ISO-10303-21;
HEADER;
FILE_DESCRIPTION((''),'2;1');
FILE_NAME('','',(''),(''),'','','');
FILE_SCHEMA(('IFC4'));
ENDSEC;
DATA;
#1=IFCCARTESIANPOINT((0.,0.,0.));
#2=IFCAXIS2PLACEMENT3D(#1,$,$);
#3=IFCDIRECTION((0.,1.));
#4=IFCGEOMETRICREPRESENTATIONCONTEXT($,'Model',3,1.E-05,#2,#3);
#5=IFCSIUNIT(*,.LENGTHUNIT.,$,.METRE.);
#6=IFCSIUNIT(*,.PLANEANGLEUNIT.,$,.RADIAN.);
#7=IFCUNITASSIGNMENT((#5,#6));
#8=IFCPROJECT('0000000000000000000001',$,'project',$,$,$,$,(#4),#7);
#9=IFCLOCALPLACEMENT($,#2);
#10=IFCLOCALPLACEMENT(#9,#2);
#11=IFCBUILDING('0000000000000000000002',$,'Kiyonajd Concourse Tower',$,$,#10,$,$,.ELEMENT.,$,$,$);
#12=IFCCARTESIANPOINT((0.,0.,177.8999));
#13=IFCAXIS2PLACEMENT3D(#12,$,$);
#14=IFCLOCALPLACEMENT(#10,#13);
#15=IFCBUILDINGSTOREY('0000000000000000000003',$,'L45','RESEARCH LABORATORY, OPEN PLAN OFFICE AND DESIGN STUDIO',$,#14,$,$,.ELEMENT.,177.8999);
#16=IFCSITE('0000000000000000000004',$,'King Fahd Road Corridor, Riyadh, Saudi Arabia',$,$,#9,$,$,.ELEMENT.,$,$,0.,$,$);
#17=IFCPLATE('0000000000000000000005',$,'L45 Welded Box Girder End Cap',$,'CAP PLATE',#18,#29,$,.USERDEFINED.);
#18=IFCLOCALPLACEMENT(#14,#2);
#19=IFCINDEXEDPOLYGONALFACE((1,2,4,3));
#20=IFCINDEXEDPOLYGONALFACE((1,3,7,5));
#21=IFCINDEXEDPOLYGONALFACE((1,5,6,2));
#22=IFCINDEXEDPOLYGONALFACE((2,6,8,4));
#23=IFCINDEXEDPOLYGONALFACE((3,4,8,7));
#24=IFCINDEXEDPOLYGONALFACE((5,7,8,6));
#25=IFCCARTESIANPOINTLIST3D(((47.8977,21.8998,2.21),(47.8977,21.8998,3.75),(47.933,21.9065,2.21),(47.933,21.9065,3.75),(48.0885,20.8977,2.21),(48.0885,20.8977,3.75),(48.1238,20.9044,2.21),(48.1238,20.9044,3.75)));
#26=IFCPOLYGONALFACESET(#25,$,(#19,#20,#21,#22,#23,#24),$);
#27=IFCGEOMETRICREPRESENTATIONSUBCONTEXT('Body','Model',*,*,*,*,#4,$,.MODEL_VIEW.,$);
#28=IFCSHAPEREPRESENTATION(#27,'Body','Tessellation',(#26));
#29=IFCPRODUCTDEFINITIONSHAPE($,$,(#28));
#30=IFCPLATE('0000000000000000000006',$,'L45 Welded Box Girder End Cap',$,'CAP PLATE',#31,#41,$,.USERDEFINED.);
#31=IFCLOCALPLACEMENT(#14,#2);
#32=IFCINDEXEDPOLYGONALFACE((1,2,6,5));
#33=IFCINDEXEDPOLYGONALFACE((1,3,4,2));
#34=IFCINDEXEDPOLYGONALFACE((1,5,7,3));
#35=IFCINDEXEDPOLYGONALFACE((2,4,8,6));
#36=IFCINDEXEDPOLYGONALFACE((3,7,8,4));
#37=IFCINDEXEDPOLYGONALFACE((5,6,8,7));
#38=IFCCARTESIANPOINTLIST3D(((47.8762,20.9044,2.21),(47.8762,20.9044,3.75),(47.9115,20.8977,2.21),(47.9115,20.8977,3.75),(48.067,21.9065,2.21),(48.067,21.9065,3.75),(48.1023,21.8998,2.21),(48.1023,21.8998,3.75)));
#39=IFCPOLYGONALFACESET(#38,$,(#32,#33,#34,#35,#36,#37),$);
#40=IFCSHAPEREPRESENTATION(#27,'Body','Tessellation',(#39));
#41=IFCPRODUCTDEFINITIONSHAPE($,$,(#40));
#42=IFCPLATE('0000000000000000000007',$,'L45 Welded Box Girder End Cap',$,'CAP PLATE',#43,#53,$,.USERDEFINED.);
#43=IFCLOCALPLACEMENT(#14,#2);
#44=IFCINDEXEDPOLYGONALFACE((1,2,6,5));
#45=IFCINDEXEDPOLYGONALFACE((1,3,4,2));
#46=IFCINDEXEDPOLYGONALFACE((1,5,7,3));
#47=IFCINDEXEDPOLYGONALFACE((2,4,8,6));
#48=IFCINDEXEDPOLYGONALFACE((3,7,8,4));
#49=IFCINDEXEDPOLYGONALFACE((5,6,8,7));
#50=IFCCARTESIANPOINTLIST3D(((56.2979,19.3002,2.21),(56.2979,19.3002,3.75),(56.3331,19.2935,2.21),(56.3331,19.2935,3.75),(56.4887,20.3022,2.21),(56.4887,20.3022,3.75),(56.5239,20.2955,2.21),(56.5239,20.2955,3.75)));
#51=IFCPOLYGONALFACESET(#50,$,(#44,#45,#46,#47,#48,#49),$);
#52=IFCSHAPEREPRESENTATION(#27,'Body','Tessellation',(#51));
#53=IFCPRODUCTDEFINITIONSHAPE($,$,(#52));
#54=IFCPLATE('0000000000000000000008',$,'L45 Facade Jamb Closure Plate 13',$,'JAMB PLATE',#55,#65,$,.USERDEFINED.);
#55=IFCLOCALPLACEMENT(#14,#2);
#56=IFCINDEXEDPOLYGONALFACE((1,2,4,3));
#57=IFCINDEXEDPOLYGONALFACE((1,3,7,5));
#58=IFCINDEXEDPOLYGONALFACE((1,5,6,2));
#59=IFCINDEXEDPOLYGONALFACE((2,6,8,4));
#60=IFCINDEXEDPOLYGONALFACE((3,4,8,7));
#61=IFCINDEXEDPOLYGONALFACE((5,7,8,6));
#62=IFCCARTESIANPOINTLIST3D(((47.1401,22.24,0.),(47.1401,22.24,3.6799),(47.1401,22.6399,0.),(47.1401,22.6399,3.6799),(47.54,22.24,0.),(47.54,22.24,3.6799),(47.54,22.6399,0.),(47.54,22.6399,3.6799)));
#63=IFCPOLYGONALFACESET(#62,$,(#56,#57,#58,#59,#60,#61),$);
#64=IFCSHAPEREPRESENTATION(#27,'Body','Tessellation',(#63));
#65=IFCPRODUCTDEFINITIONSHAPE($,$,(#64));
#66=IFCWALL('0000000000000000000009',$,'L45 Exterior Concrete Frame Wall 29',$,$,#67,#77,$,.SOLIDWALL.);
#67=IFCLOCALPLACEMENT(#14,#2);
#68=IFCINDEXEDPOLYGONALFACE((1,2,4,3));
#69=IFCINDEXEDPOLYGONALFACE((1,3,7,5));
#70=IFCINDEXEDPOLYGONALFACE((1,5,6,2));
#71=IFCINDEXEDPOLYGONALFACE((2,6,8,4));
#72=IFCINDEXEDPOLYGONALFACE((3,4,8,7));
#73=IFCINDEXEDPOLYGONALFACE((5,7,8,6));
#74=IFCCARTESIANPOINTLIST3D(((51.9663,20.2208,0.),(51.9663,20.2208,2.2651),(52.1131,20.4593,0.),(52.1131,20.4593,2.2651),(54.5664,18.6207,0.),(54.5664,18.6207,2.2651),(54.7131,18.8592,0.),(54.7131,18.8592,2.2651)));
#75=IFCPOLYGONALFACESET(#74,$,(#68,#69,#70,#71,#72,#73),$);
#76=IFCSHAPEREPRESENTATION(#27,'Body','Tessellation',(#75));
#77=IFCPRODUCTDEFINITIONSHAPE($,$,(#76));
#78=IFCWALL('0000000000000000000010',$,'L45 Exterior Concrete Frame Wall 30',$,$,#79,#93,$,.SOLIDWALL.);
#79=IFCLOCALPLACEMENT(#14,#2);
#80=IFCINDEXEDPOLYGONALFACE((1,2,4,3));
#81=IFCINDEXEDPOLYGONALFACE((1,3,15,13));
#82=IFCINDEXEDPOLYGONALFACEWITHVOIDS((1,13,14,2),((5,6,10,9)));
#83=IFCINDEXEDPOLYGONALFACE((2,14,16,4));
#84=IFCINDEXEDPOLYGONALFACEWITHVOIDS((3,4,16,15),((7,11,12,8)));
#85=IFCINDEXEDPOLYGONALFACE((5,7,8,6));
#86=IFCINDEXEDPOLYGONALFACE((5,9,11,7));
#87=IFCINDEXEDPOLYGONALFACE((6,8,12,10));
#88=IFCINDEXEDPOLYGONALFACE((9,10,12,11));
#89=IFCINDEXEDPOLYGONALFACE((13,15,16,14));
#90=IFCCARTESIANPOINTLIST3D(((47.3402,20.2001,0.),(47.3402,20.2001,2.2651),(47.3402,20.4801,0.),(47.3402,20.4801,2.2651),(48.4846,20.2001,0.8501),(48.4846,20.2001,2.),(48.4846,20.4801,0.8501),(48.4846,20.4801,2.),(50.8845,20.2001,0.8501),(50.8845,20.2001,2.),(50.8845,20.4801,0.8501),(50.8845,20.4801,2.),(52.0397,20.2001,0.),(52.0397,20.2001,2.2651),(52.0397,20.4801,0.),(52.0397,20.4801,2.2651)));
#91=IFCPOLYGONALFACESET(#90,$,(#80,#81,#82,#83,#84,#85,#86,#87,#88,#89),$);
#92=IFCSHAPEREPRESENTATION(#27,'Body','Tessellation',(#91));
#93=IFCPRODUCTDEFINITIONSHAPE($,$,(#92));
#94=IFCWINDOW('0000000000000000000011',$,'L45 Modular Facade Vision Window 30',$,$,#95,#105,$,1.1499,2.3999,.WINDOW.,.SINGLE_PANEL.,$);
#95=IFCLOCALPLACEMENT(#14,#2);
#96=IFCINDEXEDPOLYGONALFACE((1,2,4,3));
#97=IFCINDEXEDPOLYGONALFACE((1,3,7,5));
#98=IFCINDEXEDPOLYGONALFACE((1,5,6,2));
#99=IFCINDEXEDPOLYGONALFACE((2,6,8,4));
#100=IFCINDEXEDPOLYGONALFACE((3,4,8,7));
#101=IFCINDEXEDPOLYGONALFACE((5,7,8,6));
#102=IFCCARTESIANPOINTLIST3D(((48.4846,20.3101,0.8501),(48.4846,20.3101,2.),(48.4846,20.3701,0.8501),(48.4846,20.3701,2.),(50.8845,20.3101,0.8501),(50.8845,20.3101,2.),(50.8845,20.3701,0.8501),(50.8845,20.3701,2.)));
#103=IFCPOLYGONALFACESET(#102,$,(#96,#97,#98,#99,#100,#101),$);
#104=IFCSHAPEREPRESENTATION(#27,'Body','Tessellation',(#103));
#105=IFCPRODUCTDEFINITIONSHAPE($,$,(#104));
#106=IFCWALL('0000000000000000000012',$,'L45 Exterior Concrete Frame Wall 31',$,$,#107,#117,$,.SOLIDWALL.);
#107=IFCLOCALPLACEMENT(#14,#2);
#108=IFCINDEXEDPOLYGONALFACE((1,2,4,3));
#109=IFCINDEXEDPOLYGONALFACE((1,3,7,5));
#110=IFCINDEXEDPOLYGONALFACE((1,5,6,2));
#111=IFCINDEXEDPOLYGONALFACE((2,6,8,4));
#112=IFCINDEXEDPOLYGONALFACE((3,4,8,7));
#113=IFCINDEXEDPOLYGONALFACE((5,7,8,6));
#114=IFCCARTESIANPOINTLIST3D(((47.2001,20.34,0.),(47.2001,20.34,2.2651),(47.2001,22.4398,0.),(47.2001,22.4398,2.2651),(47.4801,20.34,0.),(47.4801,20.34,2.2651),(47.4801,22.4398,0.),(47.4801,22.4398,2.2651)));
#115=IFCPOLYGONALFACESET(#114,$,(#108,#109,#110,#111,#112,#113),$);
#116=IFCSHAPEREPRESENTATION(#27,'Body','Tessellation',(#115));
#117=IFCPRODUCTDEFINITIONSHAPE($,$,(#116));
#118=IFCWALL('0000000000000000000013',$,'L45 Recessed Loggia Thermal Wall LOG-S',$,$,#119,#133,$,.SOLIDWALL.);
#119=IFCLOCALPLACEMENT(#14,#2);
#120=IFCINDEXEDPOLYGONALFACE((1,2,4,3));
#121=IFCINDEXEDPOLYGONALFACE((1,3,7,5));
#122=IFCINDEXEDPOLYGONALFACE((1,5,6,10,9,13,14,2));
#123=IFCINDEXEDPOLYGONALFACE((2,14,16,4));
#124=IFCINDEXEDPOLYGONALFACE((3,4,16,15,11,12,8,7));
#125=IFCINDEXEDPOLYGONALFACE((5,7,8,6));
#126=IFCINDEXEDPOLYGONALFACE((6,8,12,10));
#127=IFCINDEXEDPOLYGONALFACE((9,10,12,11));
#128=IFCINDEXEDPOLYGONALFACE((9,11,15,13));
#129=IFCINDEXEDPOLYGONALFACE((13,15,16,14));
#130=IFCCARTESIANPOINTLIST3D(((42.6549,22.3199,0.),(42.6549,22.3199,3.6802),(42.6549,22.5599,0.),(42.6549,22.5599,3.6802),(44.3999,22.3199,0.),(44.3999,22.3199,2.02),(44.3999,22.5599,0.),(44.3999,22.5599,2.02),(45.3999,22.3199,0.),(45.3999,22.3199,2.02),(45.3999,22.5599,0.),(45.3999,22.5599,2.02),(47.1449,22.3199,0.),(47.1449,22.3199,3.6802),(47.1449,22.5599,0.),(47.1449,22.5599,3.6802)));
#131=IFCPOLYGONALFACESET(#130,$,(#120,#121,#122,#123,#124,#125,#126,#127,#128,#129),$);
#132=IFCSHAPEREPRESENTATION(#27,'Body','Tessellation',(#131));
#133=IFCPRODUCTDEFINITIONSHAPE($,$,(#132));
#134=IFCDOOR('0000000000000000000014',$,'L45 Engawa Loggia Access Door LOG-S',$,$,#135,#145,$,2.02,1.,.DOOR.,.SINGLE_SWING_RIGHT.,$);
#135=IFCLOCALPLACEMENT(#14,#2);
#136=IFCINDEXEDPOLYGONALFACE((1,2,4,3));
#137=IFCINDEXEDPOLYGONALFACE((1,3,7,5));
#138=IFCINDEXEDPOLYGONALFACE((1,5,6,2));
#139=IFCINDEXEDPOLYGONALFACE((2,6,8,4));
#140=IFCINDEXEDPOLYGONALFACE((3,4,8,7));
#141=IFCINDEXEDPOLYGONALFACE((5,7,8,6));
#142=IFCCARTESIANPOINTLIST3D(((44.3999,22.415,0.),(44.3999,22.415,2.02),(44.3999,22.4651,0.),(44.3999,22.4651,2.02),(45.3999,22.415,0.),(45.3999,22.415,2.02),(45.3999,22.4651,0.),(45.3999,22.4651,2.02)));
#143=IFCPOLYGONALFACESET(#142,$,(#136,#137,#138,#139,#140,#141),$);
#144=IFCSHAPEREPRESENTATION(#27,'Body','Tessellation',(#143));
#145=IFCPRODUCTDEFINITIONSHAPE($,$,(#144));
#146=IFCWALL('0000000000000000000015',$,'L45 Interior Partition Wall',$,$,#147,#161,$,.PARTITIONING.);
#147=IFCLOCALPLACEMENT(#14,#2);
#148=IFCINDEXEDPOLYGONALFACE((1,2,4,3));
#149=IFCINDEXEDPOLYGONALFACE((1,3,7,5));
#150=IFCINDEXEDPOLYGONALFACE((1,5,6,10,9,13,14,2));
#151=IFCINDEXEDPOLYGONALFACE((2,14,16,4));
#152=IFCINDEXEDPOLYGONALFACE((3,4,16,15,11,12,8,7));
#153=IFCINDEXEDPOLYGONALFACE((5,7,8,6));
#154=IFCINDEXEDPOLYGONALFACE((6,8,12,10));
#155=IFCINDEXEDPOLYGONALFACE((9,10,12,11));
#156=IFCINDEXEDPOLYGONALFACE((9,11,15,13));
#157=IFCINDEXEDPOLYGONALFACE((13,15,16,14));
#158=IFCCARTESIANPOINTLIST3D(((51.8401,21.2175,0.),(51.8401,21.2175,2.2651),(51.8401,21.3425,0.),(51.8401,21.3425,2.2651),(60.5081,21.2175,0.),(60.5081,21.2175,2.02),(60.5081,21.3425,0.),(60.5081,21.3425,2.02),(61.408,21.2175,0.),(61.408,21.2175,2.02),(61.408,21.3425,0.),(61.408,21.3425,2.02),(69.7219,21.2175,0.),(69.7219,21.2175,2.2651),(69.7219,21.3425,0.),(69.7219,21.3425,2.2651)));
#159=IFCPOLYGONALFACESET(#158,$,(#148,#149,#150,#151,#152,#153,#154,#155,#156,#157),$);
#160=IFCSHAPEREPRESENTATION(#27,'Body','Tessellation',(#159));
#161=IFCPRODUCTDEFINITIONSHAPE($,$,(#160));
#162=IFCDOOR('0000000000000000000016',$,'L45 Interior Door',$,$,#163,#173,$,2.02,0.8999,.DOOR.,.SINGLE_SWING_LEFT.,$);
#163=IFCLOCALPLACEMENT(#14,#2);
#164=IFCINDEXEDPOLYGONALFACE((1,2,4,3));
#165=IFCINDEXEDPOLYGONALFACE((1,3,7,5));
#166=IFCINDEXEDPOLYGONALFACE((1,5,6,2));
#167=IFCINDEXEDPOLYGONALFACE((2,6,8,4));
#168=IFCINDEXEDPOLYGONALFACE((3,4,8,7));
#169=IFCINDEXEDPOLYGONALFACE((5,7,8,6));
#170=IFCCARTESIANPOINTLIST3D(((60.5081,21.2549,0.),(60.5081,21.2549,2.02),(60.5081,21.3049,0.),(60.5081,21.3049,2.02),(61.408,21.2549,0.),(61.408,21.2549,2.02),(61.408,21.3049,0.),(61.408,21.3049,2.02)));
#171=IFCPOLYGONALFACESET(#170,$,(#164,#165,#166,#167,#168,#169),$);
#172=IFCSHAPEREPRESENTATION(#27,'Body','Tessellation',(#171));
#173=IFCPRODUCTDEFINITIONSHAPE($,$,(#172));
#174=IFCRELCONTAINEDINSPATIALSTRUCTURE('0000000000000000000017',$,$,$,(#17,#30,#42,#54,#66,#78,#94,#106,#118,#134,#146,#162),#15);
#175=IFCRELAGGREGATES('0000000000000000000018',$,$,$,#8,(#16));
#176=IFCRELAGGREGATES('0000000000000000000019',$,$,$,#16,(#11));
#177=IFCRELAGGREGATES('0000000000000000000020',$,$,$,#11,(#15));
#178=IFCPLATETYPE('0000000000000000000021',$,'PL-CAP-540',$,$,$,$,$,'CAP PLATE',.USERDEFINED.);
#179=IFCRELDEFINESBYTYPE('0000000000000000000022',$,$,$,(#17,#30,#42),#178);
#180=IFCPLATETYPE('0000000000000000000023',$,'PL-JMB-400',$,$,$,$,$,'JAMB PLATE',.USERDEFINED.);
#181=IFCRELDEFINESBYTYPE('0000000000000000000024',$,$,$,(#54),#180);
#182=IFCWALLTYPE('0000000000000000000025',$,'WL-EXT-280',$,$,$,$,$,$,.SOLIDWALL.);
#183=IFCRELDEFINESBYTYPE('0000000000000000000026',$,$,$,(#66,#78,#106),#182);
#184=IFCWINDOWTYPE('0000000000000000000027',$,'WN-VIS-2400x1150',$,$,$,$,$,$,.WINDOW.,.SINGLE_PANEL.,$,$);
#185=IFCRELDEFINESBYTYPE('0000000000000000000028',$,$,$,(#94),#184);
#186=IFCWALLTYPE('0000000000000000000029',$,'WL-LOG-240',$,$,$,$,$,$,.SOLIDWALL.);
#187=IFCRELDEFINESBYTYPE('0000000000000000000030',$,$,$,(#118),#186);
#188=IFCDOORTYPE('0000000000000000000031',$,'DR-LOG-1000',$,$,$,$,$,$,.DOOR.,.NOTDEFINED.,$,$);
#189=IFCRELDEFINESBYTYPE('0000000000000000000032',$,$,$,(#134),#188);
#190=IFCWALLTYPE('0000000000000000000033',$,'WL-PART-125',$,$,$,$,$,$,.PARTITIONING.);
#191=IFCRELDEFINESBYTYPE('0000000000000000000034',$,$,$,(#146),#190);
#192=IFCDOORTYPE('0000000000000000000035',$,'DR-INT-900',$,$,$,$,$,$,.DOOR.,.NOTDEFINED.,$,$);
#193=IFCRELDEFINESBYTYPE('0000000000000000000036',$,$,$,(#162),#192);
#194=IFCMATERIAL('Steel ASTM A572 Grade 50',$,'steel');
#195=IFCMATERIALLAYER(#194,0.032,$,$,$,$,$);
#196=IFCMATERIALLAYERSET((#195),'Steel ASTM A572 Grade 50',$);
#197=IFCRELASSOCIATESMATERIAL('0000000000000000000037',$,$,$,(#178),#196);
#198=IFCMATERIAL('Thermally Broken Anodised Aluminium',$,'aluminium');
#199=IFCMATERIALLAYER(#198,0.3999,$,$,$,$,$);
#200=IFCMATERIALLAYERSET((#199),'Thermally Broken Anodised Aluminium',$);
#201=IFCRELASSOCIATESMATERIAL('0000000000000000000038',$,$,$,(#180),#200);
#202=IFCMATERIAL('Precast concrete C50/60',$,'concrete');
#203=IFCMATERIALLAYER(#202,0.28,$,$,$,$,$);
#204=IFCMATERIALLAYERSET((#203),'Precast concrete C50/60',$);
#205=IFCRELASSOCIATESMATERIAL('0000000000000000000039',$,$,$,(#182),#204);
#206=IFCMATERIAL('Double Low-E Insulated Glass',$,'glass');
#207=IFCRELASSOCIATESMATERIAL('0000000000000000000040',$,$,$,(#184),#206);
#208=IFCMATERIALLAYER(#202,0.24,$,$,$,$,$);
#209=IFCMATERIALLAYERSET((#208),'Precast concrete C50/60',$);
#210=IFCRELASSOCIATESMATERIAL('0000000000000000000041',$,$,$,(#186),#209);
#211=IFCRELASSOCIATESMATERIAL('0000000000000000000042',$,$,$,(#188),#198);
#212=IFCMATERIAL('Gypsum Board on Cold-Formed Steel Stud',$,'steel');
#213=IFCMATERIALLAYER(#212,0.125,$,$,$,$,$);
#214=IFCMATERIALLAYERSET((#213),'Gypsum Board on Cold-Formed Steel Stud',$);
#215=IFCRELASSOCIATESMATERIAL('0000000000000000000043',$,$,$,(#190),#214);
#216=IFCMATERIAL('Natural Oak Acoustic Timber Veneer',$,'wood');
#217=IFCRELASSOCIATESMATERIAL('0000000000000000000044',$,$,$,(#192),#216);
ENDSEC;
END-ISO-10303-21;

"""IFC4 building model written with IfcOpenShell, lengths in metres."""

from ifc_helpers import new_model, si_unit, direction, frame, frame_2d, origin, origin_2d, place, context, subcontext, project, spatial, rectangle, extrude, material, layer, layer_set, type_object, element, fill, save


model = new_model("IFC4")

# Units and contexts
model_context = context("Model", 3, precision=1e-05, world=origin(), true_north=direction((0.0, 1.0)))
body_context = subcontext(model_context, "Body", "Model", "MODEL_VIEW")
ifc_project = project(units=[si_unit("LENGTHUNIT", "METRE"), si_unit("PLANEANGLEUNIT", "RADIAN")], contexts=[model_context])

# Site, building, storey
site_placement = place(None, origin())
site = spatial("IfcSite", under=ifc_project, at=site_placement, Name="King Fahd Road Corridor, Riyadh, Saudi Arabia", CompositionType="ELEMENT", RefElevation=0.0)
building_placement = place(site_placement, origin())
building = spatial("IfcBuilding", under=site, at=building_placement, Name="Kiyonajd Concourse Tower", CompositionType="ELEMENT")
storey_placement = place(building_placement, frame((0.0, 0.0, 177.8999)))
storey = spatial("IfcBuildingStorey", under=building, at=storey_placement, Name="L45", Description="RESEARCH LABORATORY, OPEN PLAN OFFICE AND DESIGN STUDIO", CompositionType="ELEMENT", Elevation=177.8999)

# Shared definitions
ifc_material_1 = material(Name="Steel ASTM A572 Grade 50", Category="steel")

# Plates
ifc_layer_1 = layer(ifc_material_1, 0.032)
ifc_layer_set_1 = layer_set([ifc_layer_1], Name="Steel ASTM A572 Grade 50")
plate_type_1 = type_object("IfcPlateType", Name="PL-CAP-540", ElementType="CAP PLATE", PredefinedType="USERDEFINED", material=ifc_layer_set_1)
for number, where, z_axis, x_axis, name in (
    (1, (48.0107, 21.4021, 2.21), (0.0, 0.0, 1.0), (0.982353, 0.187038, 0.0), "L45 Welded Box Girder End Cap"),
    (2, (47.9893, 21.4021, 2.21), (0.0, 0.0, 1.0), (-0.982353, 0.187038, 0.0), "L45 Welded Box Girder End Cap"),
    (3, (56.4109, 19.7979, 2.21), (0.0, 0.0, 1.0), (0.982353, -0.187038, 0.0), "L45 Welded Box Girder End Cap"),
):
    element("IfcPlate", number, at=place(storey_placement, frame(where, z_axis=z_axis, x_axis=x_axis)), inside=storey, type_object=plate_type_1, Name=name, ObjectType="CAP PLATE", PredefinedType="USERDEFINED", context=body_context, shape_type="SweptSolid", body=[
        extrude(rectangle(XDim=0.0359, YDim=1.02, at=origin_2d()), origin(), (0.0, 0.0, 1.0), 1.54),
    ])
ifc_material_2 = material(Name="Thermally Broken Anodised Aluminium", Category="aluminium")
ifc_layer_2 = layer(ifc_material_2, 0.3999)
ifc_layer_set_2 = layer_set([ifc_layer_2], Name="Thermally Broken Anodised Aluminium")
plate_type_2 = type_object("IfcPlateType", Name="PL-JMB-400", ElementType="JAMB PLATE", PredefinedType="USERDEFINED", material=ifc_layer_set_2)
plate_placement = place(storey_placement, frame((47.3401, 22.4399, 0.0), z_axis=(0.0, 0.0, 1.0), x_axis=(1.0, 0.0, 0.0)))
element("IfcPlate", 4, at=plate_placement, inside=storey, type_object=plate_type_2, Name="L45 Facade Jamb Closure Plate 13", ObjectType="JAMB PLATE", PredefinedType="USERDEFINED", context=body_context, shape_type="SweptSolid", body=[
    extrude(rectangle(XDim=0.3999, YDim=0.3999, at=origin_2d()), origin(), (0.0, 0.0, 1.0), 3.6799),
])

# Wall
ifc_material_3 = material(Name="Precast concrete C50/60", Category="concrete")
ifc_layer_3 = layer(ifc_material_3, 0.28)
ifc_layer_set_3 = layer_set([ifc_layer_3], Name="Precast concrete C50/60")
wall_type_1 = type_object("IfcWallType", Name="WL-EXT-280", PredefinedType="SOLIDWALL", material=ifc_layer_set_3)
wall_1_placement = place(storey_placement, frame((54.6396, 18.74, 0.0), z_axis=(0.0, 0.0, 1.0), x_axis=(-0.851653, 0.524106, 0.0)))
element("IfcWall", 5, at=wall_1_placement, inside=storey, type_object=wall_type_1, Name="L45 Exterior Concrete Frame Wall 29", PredefinedType="SOLIDWALL", context=body_context, shape_type="SweptSolid", body=[
    extrude(rectangle(XDim=3.053, YDim=0.28, at=frame_2d((1.5264, 0.0))), origin(), (0.0, 0.0, 1.0), 2.2651),
])

# Wall, opening, window
wall_2_placement = place(storey_placement, frame((52.0396, 20.3401, 0.0), z_axis=(0.0, 0.0, 1.0), x_axis=(-1.0, 0.0, 0.0)))
wall_2 = element("IfcWall", 6, at=wall_2_placement, inside=storey, type_object=wall_type_1, Name="L45 Exterior Concrete Frame Wall 30", PredefinedType="SOLIDWALL", context=body_context, shape_type="SweptSolid", body=[
    extrude(rectangle(XDim=4.6995, YDim=0.28, at=frame_2d((2.3496, 0.0))), origin(), (0.0, 0.0, 1.0), 2.2651),
])
opening_1_placement = place(wall_2_placement, frame((1.155, 0.0, 0.8501)))
opening_1 = element("IfcOpeningElement", 7, at=opening_1_placement, cuts=wall_2, PredefinedType="OPENING", context=body_context, shape_type="SweptSolid", body=[
    extrude(rectangle(XDim=2.3999, YDim=1.1499, at=frame_2d((1.2, 0.575))), frame((0.0, 0.1499, 0.0), z_axis=(0.0, -1.0, 0.0), x_axis=(1.0, 0.0, 0.0)), (0.0, 0.0, 1.0), 0.3),
])
ifc_material_4 = material(Name="Double Low-E Insulated Glass", Category="glass")
window_type = type_object("IfcWindowType", Name="WN-VIS-2400x1150", PartitioningType="SINGLE_PANEL", PredefinedType="WINDOW", material=ifc_material_4)
window_placement = place(opening_1_placement, origin())
window = element("IfcWindow", 8, at=window_placement, inside=storey, type_object=window_type, Name="L45 Modular Facade Vision Window 30", OverallHeight=1.1499, OverallWidth=2.3999, PartitioningType="SINGLE_PANEL", PredefinedType="WINDOW", context=body_context, shape_type="SweptSolid", body=[
    extrude(rectangle(XDim=2.3999, YDim=1.1499, at=frame_2d((1.2, 0.575))), frame((0.0, 0.03, 0.0), z_axis=(0.0, -1.0, 0.0), x_axis=(1.0, 0.0, 0.0)), (0.0, 0.0, 1.0), 0.0601),
])
fill(opening_1, window)

# Wall
wall_3_placement = place(storey_placement, frame((47.3401, 20.3401, 0.0), z_axis=(0.0, 0.0, 1.0), x_axis=(0.0, 1.0, 0.0)))
element("IfcWall", 9, at=wall_3_placement, inside=storey, type_object=wall_type_1, Name="L45 Exterior Concrete Frame Wall 31", PredefinedType="SOLIDWALL", context=body_context, shape_type="SweptSolid", body=[
    extrude(rectangle(XDim=2.0999, YDim=0.28, at=frame_2d((1.0498, 0.0))), origin(), (0.0, 0.0, 1.0), 2.2651),
])

# Walls, openings, doors
ifc_layer_4 = layer(ifc_material_3, 0.24)
ifc_layer_set_4 = layer_set([ifc_layer_4], Name="Precast concrete C50/60")
wall_type_2 = type_object("IfcWallType", Name="WL-LOG-240", PredefinedType="SOLIDWALL", material=ifc_layer_set_4)
wall_4_placement = place(storey_placement, frame((47.145, 22.4399, 0.0), z_axis=(0.0, 0.0, 1.0), x_axis=(-1.0, 0.0, 0.0)))
wall_4 = element("IfcWall", 10, at=wall_4_placement, inside=storey, type_object=wall_type_2, Name="L45 Recessed Loggia Thermal Wall LOG-S", PredefinedType="SOLIDWALL", context=body_context, shape_type="SweptSolid", body=[
    extrude(rectangle(XDim=4.49, YDim=0.24, at=frame_2d((2.2451, 0.0))), origin(), (0.0, 0.0, 1.0), 3.6802),
])
opening_2_placement = place(wall_4_placement, frame((1.7451, 0.0, 0.0)))
opening_2 = element("IfcOpeningElement", 11, at=opening_2_placement, cuts=wall_4, PredefinedType="OPENING", context=body_context, shape_type="SweptSolid", body=[
    extrude(rectangle(XDim=1.0, YDim=2.02, at=frame_2d((0.5, 1.01))), frame((0.0, 0.1299, 0.0), z_axis=(0.0, -1.0, 0.0), x_axis=(1.0, 0.0, 0.0)), (0.0, 0.0, 1.0), 0.26),
])
door_type_1 = type_object("IfcDoorType", Name="DR-LOG-1000", OperationType="NOTDEFINED", PredefinedType="DOOR", material=ifc_material_2)
door_1_placement = place(opening_2_placement, origin())
door_1 = element("IfcDoor", 12, at=door_1_placement, inside=storey, type_object=door_type_1, Name="L45 Engawa Loggia Access Door LOG-S", OperationType="SINGLE_SWING_RIGHT", OverallHeight=2.02, OverallWidth=1.0, PredefinedType="DOOR", context=body_context, shape_type="SweptSolid", body=[
    extrude(rectangle(XDim=1.0, YDim=2.02, at=frame_2d((0.5, 1.01))), frame((0.0, 0.0249, 0.0), z_axis=(0.0, -1.0, 0.0), x_axis=(1.0, 0.0, 0.0)), (0.0, 0.0, 1.0), 0.05),
])
fill(opening_2, door_1)
ifc_material_5 = material(Name="Gypsum Board on Cold-Formed Steel Stud", Category="steel")
ifc_layer_5 = layer(ifc_material_5, 0.125)
ifc_layer_set_5 = layer_set([ifc_layer_5], Name="Gypsum Board on Cold-Formed Steel Stud")
wall_type_3 = type_object("IfcWallType", Name="WL-PART-125", PredefinedType="PARTITIONING", material=ifc_layer_set_5)
wall_5_placement = place(storey_placement, frame((51.8401, 21.28, 0.0), z_axis=(0.0, 0.0, 1.0), x_axis=(1.0, 0.0, 0.0)))
wall_5 = element("IfcWall", 13, at=wall_5_placement, inside=storey, type_object=wall_type_3, Name="L45 Interior Partition Wall", PredefinedType="PARTITIONING", context=body_context, shape_type="SweptSolid", body=[
    extrude(rectangle(XDim=17.8818, YDim=0.125, at=frame_2d((8.9409, 0.0))), origin(), (0.0, 0.0, 1.0), 2.2651),
])
opening_3_placement = place(wall_5_placement, frame((8.668, 0.0, 0.0)))
opening_3 = element("IfcOpeningElement", 14, at=opening_3_placement, cuts=wall_5, PredefinedType="OPENING", context=body_context, shape_type="SweptSolid", body=[
    extrude(rectangle(XDim=0.8999, YDim=2.02, at=frame_2d((0.45, 1.01))), frame((0.0, 0.0725, 0.0), z_axis=(0.0, -1.0, 0.0), x_axis=(1.0, 0.0, 0.0)), (0.0, 0.0, 1.0), 0.145),
])
ifc_material_6 = material(Name="Natural Oak Acoustic Timber Veneer", Category="wood")
door_type_2 = type_object("IfcDoorType", Name="DR-INT-900", OperationType="NOTDEFINED", PredefinedType="DOOR", material=ifc_material_6)
door_2_placement = place(opening_3_placement, origin())
door_2 = element("IfcDoor", 15, at=door_2_placement, inside=storey, type_object=door_type_2, Name="L45 Interior Door", OperationType="SINGLE_SWING_LEFT", OverallHeight=2.02, OverallWidth=0.8999, PredefinedType="DOOR", context=body_context, shape_type="SweptSolid", body=[
    extrude(rectangle(XDim=0.8999, YDim=2.02, at=frame_2d((0.45, 1.01))), frame((0.0, 0.0249, 0.0), z_axis=(0.0, -1.0, 0.0), x_axis=(1.0, 0.0, 0.0)), (0.0, 0.0, 1.0), 0.05),
])
fill(opening_3, door_2)

save(model, "model.ifc")
